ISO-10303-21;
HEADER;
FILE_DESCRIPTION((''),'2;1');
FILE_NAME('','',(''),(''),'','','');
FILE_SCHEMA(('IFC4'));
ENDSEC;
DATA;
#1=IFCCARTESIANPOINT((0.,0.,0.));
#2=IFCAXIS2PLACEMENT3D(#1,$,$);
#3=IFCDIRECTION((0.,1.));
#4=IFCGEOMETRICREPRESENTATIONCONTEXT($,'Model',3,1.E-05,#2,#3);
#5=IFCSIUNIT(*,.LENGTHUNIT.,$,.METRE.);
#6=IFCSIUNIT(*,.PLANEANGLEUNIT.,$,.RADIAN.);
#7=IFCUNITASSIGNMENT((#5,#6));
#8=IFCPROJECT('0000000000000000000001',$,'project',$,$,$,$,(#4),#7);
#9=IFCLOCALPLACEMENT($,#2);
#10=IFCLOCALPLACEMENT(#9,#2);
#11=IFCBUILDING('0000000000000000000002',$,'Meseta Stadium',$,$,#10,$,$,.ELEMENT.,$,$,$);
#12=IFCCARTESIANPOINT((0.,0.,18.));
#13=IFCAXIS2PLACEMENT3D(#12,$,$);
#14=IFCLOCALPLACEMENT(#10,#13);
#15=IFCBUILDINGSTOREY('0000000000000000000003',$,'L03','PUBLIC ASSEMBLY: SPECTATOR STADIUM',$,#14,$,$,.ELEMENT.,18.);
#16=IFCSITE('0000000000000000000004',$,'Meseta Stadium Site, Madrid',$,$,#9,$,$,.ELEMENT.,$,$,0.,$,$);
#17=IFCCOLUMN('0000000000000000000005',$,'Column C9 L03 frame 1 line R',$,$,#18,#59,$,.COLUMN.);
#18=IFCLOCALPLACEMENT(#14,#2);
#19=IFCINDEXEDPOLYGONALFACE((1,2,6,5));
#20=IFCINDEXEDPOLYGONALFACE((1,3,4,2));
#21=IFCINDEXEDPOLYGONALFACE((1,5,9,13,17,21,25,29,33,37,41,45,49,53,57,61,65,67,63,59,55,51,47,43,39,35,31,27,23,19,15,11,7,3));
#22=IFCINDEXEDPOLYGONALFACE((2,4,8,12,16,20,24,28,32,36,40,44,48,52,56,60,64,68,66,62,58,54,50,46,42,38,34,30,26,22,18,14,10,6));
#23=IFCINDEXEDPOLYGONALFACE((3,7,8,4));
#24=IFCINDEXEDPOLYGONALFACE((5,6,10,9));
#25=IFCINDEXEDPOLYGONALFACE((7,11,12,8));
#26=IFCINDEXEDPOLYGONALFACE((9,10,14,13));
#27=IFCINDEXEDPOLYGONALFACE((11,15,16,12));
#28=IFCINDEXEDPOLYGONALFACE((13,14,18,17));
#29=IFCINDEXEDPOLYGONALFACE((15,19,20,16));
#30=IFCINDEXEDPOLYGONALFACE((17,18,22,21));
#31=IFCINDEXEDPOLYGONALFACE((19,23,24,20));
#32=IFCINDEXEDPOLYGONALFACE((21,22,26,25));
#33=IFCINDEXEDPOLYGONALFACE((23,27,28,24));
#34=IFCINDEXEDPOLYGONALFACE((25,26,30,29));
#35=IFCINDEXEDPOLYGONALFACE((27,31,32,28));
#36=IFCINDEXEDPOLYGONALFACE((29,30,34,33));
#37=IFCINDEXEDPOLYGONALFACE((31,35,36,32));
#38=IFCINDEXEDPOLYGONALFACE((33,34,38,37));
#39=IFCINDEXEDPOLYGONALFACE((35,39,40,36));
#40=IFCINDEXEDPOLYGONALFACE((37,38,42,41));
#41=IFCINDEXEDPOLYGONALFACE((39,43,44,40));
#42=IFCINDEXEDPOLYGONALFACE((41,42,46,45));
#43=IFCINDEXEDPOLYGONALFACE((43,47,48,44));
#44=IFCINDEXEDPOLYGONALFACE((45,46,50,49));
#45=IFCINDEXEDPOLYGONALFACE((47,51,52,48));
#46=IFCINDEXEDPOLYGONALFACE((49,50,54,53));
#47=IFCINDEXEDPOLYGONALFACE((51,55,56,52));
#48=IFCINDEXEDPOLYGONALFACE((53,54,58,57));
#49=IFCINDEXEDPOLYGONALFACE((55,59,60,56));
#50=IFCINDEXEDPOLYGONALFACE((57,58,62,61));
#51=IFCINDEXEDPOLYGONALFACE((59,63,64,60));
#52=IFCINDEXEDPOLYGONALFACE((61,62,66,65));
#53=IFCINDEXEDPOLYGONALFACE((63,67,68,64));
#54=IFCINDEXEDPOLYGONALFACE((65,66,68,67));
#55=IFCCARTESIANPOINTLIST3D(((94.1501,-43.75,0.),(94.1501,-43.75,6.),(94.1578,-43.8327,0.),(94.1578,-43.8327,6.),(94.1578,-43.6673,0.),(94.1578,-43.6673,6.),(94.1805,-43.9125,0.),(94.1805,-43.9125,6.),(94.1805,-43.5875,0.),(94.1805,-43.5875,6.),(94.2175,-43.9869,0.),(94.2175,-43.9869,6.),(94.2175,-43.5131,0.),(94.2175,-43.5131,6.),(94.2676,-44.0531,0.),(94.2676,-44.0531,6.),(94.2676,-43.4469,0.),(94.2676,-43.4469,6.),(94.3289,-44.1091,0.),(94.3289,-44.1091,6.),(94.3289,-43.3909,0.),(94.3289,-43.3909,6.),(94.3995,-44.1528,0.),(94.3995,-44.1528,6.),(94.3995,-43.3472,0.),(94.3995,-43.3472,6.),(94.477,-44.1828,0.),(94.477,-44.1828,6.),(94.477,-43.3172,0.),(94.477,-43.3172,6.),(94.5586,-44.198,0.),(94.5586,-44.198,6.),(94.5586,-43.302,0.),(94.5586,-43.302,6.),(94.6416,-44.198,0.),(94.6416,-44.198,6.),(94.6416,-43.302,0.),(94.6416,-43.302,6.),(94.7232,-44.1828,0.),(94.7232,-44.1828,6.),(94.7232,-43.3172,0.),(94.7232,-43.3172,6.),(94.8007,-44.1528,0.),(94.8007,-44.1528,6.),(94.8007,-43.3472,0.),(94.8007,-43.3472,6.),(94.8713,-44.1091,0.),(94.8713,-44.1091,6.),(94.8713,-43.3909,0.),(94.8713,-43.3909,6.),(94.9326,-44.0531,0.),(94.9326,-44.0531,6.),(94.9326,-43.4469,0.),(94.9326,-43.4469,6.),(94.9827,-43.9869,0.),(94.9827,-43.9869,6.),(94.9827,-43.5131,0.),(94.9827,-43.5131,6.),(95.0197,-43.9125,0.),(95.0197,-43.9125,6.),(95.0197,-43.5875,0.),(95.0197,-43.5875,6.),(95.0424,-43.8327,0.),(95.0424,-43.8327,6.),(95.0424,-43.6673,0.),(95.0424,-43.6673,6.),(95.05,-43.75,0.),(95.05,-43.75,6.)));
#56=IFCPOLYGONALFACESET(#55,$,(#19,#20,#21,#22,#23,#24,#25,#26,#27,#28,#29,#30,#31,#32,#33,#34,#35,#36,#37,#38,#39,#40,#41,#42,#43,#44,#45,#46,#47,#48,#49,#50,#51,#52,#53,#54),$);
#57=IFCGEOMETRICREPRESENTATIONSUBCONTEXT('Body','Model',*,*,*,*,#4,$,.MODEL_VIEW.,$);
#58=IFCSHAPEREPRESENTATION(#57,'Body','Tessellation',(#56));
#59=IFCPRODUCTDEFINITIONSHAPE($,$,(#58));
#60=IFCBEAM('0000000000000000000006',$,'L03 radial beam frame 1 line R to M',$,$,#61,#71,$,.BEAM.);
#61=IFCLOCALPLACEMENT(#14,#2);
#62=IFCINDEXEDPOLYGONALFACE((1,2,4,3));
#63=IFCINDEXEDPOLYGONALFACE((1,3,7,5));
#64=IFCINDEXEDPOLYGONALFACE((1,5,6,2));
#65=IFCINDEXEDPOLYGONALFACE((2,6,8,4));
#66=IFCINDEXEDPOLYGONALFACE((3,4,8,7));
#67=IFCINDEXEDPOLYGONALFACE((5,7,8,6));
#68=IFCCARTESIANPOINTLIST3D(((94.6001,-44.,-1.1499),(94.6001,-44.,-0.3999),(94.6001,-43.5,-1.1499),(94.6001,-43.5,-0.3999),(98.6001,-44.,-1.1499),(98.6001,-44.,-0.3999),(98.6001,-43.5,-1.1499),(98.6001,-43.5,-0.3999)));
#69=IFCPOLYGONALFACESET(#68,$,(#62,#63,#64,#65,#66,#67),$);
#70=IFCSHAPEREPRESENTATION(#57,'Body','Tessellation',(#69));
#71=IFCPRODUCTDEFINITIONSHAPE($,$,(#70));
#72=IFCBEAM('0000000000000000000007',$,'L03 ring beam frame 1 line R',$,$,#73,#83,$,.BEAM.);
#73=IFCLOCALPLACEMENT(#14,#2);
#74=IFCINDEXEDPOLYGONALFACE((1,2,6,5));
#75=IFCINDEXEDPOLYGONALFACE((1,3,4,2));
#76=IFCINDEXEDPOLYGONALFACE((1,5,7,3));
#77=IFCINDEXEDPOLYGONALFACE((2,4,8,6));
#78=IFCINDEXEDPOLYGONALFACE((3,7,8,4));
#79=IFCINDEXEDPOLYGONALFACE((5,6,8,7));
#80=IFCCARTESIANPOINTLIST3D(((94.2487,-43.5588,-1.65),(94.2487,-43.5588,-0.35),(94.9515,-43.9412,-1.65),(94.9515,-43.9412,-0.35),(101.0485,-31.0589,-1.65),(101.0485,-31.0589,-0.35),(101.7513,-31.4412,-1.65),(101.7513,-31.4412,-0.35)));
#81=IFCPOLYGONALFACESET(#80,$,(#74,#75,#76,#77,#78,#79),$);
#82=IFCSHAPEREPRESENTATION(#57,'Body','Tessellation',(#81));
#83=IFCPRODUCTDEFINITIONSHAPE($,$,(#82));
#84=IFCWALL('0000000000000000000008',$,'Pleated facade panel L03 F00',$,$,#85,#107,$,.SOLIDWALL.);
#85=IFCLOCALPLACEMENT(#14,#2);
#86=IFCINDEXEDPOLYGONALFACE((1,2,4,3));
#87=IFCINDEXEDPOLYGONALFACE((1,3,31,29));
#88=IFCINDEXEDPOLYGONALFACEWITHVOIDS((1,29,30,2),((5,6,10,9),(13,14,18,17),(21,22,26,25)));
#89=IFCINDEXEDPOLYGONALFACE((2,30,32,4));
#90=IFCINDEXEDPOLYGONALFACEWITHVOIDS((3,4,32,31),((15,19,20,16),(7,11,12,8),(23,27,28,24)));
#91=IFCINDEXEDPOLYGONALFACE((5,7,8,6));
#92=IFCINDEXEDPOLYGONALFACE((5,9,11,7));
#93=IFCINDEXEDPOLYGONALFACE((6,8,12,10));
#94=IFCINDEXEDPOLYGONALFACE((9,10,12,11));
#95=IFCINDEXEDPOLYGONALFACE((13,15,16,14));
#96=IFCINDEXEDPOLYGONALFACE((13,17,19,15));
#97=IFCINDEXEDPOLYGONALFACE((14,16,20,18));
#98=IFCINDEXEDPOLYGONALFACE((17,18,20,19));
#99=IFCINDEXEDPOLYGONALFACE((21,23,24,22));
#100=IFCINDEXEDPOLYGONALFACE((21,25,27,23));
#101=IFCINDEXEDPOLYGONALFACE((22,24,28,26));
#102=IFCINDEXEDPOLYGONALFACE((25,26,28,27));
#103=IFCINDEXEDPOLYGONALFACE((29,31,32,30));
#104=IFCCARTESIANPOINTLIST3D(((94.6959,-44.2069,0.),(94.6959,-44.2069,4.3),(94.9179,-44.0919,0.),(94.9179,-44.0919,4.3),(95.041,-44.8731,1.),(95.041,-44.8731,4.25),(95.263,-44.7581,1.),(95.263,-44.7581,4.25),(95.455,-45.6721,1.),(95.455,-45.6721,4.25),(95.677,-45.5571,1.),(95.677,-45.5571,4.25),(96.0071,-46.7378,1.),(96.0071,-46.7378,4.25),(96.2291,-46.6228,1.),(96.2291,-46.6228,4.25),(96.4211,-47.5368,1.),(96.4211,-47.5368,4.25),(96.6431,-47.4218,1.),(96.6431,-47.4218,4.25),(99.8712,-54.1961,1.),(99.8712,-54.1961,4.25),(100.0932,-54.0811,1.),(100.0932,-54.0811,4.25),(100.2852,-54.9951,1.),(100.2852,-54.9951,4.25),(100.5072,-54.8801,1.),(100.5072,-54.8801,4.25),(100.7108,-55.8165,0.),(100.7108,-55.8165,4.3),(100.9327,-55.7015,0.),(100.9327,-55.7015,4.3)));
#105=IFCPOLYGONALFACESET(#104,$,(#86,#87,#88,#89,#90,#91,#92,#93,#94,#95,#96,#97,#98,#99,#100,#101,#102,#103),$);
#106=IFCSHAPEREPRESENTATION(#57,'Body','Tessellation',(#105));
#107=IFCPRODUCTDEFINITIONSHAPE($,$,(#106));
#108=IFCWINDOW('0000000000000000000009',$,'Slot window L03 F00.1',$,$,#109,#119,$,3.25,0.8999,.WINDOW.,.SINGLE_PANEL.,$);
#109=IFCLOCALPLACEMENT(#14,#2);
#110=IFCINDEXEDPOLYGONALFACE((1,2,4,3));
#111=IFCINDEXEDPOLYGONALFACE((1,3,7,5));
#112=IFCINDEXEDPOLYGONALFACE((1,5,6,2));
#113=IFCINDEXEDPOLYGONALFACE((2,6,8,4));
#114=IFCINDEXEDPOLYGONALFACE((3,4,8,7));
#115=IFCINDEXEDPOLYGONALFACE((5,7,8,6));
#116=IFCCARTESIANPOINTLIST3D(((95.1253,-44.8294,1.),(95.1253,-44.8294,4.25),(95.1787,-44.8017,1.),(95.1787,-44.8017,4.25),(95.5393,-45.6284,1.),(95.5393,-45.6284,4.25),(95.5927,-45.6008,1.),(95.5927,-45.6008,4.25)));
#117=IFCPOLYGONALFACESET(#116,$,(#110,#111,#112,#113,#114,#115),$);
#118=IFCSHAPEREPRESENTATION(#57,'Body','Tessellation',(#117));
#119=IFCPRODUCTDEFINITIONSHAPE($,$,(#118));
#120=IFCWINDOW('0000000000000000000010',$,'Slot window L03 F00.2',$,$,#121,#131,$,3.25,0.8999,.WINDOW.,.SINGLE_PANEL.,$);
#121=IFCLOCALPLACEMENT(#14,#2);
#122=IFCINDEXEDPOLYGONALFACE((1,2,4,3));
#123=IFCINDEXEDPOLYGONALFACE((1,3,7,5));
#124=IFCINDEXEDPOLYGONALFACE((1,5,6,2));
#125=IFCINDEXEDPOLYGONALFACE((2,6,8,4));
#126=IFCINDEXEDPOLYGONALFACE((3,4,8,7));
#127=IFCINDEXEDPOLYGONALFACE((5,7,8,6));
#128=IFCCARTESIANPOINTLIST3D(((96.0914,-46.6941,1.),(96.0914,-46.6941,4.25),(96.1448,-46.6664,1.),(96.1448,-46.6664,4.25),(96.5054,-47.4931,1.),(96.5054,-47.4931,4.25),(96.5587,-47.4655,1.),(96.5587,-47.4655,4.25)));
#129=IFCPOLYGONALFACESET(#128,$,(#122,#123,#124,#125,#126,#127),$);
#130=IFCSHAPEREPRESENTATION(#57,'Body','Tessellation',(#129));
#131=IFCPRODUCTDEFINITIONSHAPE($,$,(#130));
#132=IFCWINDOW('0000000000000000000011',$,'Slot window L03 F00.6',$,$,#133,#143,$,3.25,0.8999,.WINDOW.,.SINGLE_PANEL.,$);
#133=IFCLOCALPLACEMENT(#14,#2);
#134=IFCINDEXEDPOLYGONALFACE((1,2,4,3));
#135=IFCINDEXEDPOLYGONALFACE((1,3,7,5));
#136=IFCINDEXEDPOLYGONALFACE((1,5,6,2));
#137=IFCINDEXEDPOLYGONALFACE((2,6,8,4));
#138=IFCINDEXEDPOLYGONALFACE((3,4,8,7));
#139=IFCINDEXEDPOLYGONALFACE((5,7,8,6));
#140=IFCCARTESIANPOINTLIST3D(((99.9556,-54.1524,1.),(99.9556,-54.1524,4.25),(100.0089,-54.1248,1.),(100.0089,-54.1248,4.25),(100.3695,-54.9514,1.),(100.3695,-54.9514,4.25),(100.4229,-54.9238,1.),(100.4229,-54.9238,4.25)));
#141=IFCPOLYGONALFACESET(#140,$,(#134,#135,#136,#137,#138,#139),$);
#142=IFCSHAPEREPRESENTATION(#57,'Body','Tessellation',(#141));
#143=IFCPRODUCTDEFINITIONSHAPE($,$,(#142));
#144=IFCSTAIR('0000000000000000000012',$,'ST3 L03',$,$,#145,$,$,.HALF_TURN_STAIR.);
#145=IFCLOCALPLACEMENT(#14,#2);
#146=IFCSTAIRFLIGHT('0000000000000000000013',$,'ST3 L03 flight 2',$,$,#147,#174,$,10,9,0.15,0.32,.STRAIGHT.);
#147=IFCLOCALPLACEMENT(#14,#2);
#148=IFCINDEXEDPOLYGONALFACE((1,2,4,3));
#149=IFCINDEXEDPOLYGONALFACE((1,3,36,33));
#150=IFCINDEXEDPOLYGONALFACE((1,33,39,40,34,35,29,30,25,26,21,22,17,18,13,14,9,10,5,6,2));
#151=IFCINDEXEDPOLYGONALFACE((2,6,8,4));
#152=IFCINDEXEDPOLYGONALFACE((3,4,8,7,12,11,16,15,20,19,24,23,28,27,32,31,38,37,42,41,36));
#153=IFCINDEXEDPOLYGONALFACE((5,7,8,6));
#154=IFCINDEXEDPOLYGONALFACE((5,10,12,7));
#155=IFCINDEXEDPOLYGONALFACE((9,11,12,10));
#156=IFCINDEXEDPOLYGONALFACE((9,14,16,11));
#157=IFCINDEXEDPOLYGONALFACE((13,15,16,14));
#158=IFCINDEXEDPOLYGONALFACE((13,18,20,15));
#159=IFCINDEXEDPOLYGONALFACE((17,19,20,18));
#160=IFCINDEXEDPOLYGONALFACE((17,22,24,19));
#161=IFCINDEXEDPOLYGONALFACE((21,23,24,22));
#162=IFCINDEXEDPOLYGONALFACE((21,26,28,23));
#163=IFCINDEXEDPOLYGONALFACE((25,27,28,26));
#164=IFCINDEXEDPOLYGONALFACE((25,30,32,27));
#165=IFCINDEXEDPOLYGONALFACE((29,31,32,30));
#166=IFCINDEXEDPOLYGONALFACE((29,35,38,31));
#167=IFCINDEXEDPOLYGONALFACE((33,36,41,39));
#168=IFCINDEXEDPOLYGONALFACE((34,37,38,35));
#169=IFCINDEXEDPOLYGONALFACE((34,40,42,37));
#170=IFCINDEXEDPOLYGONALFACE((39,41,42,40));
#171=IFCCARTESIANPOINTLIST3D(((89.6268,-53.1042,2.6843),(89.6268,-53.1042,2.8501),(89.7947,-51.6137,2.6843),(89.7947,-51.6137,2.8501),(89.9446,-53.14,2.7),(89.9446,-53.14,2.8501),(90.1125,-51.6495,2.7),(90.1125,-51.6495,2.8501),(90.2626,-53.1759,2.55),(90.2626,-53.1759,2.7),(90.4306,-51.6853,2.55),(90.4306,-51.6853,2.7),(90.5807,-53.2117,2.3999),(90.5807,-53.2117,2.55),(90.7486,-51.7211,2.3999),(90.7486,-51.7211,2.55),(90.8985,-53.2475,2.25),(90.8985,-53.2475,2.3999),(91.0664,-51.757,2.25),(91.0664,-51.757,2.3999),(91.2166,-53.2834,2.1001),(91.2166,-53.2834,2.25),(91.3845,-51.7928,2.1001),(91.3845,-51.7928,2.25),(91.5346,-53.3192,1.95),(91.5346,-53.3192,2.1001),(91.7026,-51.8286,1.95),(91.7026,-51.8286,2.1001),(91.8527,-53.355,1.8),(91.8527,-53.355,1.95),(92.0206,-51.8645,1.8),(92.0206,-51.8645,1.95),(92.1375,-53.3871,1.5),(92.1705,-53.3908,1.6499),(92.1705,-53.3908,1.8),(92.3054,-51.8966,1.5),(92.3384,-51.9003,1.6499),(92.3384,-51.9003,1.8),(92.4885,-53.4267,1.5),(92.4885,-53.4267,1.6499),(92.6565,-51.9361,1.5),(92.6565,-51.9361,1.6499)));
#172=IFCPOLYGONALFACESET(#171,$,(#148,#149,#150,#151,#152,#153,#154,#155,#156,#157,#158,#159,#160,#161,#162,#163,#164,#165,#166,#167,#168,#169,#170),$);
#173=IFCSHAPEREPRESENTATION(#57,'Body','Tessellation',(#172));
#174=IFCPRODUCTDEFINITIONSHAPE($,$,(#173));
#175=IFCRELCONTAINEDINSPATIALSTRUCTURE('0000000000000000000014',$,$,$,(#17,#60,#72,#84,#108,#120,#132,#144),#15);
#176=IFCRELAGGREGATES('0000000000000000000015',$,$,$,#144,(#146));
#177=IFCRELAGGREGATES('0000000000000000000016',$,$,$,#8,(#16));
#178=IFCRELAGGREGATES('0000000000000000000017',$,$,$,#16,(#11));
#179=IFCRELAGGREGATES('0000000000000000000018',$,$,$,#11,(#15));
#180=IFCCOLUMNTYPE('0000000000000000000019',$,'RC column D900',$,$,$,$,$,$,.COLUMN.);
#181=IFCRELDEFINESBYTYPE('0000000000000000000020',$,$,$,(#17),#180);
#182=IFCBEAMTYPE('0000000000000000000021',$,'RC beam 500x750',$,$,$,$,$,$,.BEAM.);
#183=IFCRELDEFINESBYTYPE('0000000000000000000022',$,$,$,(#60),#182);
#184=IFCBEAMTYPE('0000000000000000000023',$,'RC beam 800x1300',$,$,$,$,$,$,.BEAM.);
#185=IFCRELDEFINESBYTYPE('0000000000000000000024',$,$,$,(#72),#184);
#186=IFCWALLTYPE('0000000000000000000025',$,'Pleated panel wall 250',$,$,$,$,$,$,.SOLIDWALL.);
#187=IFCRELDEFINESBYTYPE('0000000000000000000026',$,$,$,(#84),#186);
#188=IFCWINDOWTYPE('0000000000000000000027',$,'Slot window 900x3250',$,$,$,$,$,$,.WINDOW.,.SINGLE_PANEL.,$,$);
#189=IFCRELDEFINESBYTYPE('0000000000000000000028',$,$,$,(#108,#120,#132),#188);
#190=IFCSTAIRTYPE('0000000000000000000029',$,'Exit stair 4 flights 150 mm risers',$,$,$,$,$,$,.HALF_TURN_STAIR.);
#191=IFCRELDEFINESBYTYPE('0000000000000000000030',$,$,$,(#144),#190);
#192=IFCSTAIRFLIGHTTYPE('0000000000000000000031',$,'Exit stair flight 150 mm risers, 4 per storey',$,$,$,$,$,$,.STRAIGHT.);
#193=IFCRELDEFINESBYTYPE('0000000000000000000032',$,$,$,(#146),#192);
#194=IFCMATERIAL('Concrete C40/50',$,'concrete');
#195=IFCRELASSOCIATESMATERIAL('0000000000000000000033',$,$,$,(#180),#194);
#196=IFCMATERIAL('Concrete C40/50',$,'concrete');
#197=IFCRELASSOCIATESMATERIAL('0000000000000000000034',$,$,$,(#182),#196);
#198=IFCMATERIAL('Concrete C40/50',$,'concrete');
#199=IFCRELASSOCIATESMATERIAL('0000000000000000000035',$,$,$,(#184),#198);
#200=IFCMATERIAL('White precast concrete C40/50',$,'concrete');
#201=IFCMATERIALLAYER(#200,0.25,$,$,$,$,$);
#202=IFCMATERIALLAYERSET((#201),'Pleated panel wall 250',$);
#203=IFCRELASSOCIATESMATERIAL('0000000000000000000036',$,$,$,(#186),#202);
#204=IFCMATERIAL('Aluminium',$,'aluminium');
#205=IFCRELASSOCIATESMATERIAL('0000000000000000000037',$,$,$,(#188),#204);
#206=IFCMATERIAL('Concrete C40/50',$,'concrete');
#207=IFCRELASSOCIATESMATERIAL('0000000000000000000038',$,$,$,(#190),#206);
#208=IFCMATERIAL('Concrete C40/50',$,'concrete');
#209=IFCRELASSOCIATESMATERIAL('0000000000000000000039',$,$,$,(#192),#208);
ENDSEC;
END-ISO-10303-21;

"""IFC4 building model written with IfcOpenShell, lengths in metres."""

from ifc_helpers import new_model, si_unit, direction, frame, frame_2d, origin, origin_2d, place, context, subcontext, project, spatial, polyline, rectangle, circle, outline, extrude, material, layer, layer_set, material_profile, profile_set, type_object, element, fill, aggregate, save


model = new_model("IFC4")

# Units and contexts
model_context = context("Model", 3, precision=1e-05, world=origin(), true_north=direction((0.0, 1.0)))
body_context = subcontext(model_context, "Body", "Model", "MODEL_VIEW")
ifc_project = project(units=[si_unit("LENGTHUNIT", "METRE"), si_unit("PLANEANGLEUNIT", "RADIAN")], contexts=[model_context])

# Site, building, storey
site_placement = place(None, origin())
site = spatial("IfcSite", under=ifc_project, at=site_placement, Name="Meseta Stadium Site, Madrid", CompositionType="ELEMENT", RefElevation=0.0)
building_placement = place(site_placement, origin())
building = spatial("IfcBuilding", under=site, at=building_placement, Name="Meseta Stadium", CompositionType="ELEMENT")
storey_placement = place(building_placement, frame((0.0, 0.0, 18.0)))
storey = spatial("IfcBuildingStorey", under=building, at=storey_placement, Name="L03", Description="PUBLIC ASSEMBLY: SPECTATOR STADIUM", CompositionType="ELEMENT", Elevation=18.0)

# Column
ifc_material_1 = material(Name="Concrete C40/50", Category="concrete")
ifc_material_profile_1 = material_profile(ifc_material_1, circle(Radius=0.45, at=origin_2d()), Name="RC D900")
ifc_profile_set_1 = profile_set([ifc_material_profile_1], Name="Concrete C40/50")
column_type = type_object("IfcColumnType", Name="RC column D900", PredefinedType="COLUMN", material=ifc_profile_set_1)
column_placement = place(storey_placement, frame((94.6001, -43.75, 0.0), z_axis=(0.0, 0.0, 1.0), x_axis=(1.0, 0.0, 0.0)))
element("IfcColumn", 1, at=column_placement, inside=storey, type_object=column_type, Name="Column C9 L03 frame 1 line R", PredefinedType="COLUMN", context=body_context, shape_type="SweptSolid", body=[
    extrude(circle(Radius=0.45, at=origin_2d()), origin(), (0.0, 0.0, 1.0), 6.0),
])

# Beams
ifc_material_2 = material(Name="Concrete C40/50", Category="concrete")
ifc_material_profile_2 = material_profile(ifc_material_2, rectangle(XDim=0.5, YDim=0.75, at=origin_2d()), Name="RC 500x750")
ifc_profile_set_2 = profile_set([ifc_material_profile_2], Name="Concrete C40/50")
beam_type_1 = type_object("IfcBeamType", Name="RC beam 500x750", PredefinedType="BEAM", material=ifc_profile_set_2)
beam_1_placement = place(storey_placement, frame((94.6001, -43.75, -0.7749), z_axis=(1.0, 0.0, 0.0), x_axis=(0.0, 1.0, 0.0)))
element("IfcBeam", 2, at=beam_1_placement, inside=storey, type_object=beam_type_1, Name="L03 radial beam frame 1 line R to M", PredefinedType="BEAM", context=body_context, shape_type="SweptSolid", body=[
    extrude(rectangle(XDim=0.5, YDim=0.75, at=origin_2d()), origin(), (0.0, 0.0, 1.0), 4.0),
])
ifc_material_3 = material(Name="Concrete C40/50", Category="concrete")
ifc_material_profile_3 = material_profile(ifc_material_3, rectangle(XDim=0.8, YDim=1.3, at=origin_2d()), Name="RC 800x1300")
ifc_profile_set_3 = profile_set([ifc_material_profile_3], Name="Concrete C40/50")
beam_type_2 = type_object("IfcBeamType", Name="RC beam 800x1300", PredefinedType="BEAM", material=ifc_profile_set_3)
beam_2_placement = place(storey_placement, frame((94.6001, -43.75, -1.0), z_axis=(0.477856, 0.878438, 0.0), x_axis=(-0.878438, 0.477856, 0.0)))
element("IfcBeam", 3, at=beam_2_placement, inside=storey, type_object=beam_type_2, Name="L03 ring beam frame 1 line R", PredefinedType="BEAM", context=body_context, shape_type="SweptSolid", body=[
    extrude(rectangle(XDim=0.8, YDim=1.3, at=origin_2d()), origin(), (0.0, 0.0, 1.0), 14.2297),
])

# Wall, openings, windows
ifc_material_4 = material(Name="White precast concrete C40/50", Category="concrete")
ifc_layer = layer(ifc_material_4, 0.25)
ifc_layer_set = layer_set([ifc_layer], Name="Pleated panel wall 250")
wall_type = type_object("IfcWallType", Name="Pleated panel wall 250", PredefinedType="SOLIDWALL", material=ifc_layer_set)
wall_placement = place(storey_placement, frame((94.8069, -44.1494, 0.0), z_axis=(0.0, 0.0, 1.0), x_axis=(0.460021, -0.887908, 0.0)))
wall = element("IfcWall", 4, at=wall_placement, inside=storey, type_object=wall_type, Name="Pleated facade panel L03 F00", PredefinedType="SOLIDWALL", context=body_context, shape_type="SweptSolid", body=[
    extrude(rectangle(XDim=13.0752, YDim=0.25, at=frame_2d((6.5376, 0.0))), origin(), (0.0, 0.0, 1.0), 4.3),
])
opening_1_placement = place(wall_placement, frame((0.7502, 0.0, 1.0)))
opening_1 = element("IfcOpeningElement", 5, at=opening_1_placement, cuts=wall, PredefinedType="OPENING", context=body_context, shape_type="SweptSolid", body=[
    extrude(rectangle(XDim=0.8999, YDim=3.25, at=frame_2d((0.45, 1.625))), frame((0.0, 0.135, 0.0), z_axis=(0.0, -1.0, 0.0), x_axis=(1.0, 0.0, 0.0)), (0.0, 0.0, 1.0), 0.27),
])
opening_2_placement = place(wall_placement, frame((2.8503, 0.0, 1.0)))
opening_2 = element("IfcOpeningElement", 6, at=opening_2_placement, cuts=wall, PredefinedType="OPENING", context=body_context, shape_type="SweptSolid", body=[
    extrude(rectangle(XDim=0.8999, YDim=3.25, at=frame_2d((0.45, 1.625))), frame((0.0, 0.135, 0.0), z_axis=(0.0, -1.0, 0.0), x_axis=(1.0, 0.0, 0.0)), (0.0, 0.0, 1.0), 0.27),
])
opening_3_placement = place(wall_placement, frame((11.2502, 0.0, 1.0)))
opening_3 = element("IfcOpeningElement", 7, at=opening_3_placement, cuts=wall, PredefinedType="OPENING", context=body_context, shape_type="SweptSolid", body=[
    extrude(rectangle(XDim=0.8999, YDim=3.25, at=frame_2d((0.45, 1.625))), frame((0.0, 0.135, 0.0), z_axis=(0.0, -1.0, 0.0), x_axis=(1.0, 0.0, 0.0)), (0.0, 0.0, 1.0), 0.27),
])
ifc_material_5 = material(Name="Aluminium", Category="aluminium")
window_type = type_object("IfcWindowType", Name="Slot window 900x3250", PartitioningType="SINGLE_PANEL", PredefinedType="WINDOW", material=ifc_material_5)
window_1_placement = place(opening_1_placement, origin())
window_1 = element("IfcWindow", 8, at=window_1_placement, inside=storey, type_object=window_type, Name="Slot window L03 F00.1", OverallHeight=3.25, OverallWidth=0.8999, PartitioningType="SINGLE_PANEL", PredefinedType="WINDOW", context=body_context, shape_type="SweptSolid", body=[
    extrude(rectangle(XDim=0.8999, YDim=3.25, at=frame_2d((0.45, 1.625))), frame((0.0, 0.03, 0.0), z_axis=(0.0, -1.0, 0.0), x_axis=(1.0, 0.0, 0.0)), (0.0, 0.0, 1.0), 0.0601),
])
fill(opening_1, window_1)
window_2_placement = place(opening_2_placement, origin())
window_2 = element("IfcWindow", 9, at=window_2_placement, inside=storey, type_object=window_type, Name="Slot window L03 F00.2", OverallHeight=3.25, OverallWidth=0.8999, PartitioningType="SINGLE_PANEL", PredefinedType="WINDOW", context=body_context, shape_type="SweptSolid", body=[
    extrude(rectangle(XDim=0.8999, YDim=3.25, at=frame_2d((0.45, 1.625))), frame((0.0, 0.03, 0.0), z_axis=(0.0, -1.0, 0.0), x_axis=(1.0, 0.0, 0.0)), (0.0, 0.0, 1.0), 0.0601),
])
fill(opening_2, window_2)
window_3_placement = place(opening_3_placement, origin())
window_3 = element("IfcWindow", 10, at=window_3_placement, inside=storey, type_object=window_type, Name="Slot window L03 F00.6", OverallHeight=3.25, OverallWidth=0.8999, PartitioningType="SINGLE_PANEL", PredefinedType="WINDOW", context=body_context, shape_type="SweptSolid", body=[
    extrude(rectangle(XDim=0.8999, YDim=3.25, at=frame_2d((0.45, 1.625))), frame((0.0, 0.03, 0.0), z_axis=(0.0, -1.0, 0.0), x_axis=(1.0, 0.0, 0.0)), (0.0, 0.0, 1.0), 0.0601),
])
fill(opening_3, window_3)

# Stair, stair flight
ifc_material_6 = material(Name="Concrete C40/50", Category="concrete")
stair_type = type_object("IfcStairType", Name="Exit stair 4 flights 150 mm risers", PredefinedType="HALF_TURN_STAIR", material=ifc_material_6)
stair_1_placement = place(storey_placement, origin())
stair_1 = element("IfcStair", 11, at=stair_1_placement, inside=storey, type_object=stair_type, Name="ST3 L03", PredefinedType="HALF_TURN_STAIR")
ifc_material_7 = material(Name="Concrete C40/50", Category="concrete")
stair_flight_type = type_object("IfcStairFlightType", Name="Exit stair flight 150 mm risers, 4 per storey", PredefinedType="STRAIGHT", material=ifc_material_7)
stair_flight_1_placement = place(storey_placement, frame((92.5725, -52.6814, 1.5), z_axis=(0.0, 0.0, 1.0), x_axis=(-0.993712, 0.111964, 0.0)))
stair_flight_1 = element("IfcStairFlight", 12, at=stair_flight_1_placement, type_object=stair_flight_type, Name="ST3 L03 flight 2", NumberOfRisers=10, NumberOfTreads=9, PredefinedType="STRAIGHT", RiserHeight=0.15, TreadLength=0.32, context=body_context, shape_type="SweptSolid", body=[
    extrude(outline(polyline([(0.0, 0.0), (0.0, 0.1499), (0.3201, 0.1499), (0.3201, 0.3), (0.6399, 0.3), (0.6399, 0.45), (0.96, 0.45), (0.96, 0.6001), (1.28, 0.6001), (1.28, 0.75), (1.6001, 0.75), (1.6001, 0.8999), (1.9199, 0.8999), (1.9199, 1.05), (2.24, 1.05), (2.24, 1.2), (2.5601, 1.2), (2.5601, 1.3501), (2.8799, 1.3501), (2.8799, 1.1843), (0.3533, 0.0), (0.0, 0.0)])), frame((0.0, 0.75, 0.0), z_axis=(0.0, -1.0, 0.0), x_axis=(1.0, 0.0, 0.0)), (0.0, 0.0, 1.0), 1.5),
])
aggregate(stair_1, [stair_flight_1])

save(model, "model.ifc")
